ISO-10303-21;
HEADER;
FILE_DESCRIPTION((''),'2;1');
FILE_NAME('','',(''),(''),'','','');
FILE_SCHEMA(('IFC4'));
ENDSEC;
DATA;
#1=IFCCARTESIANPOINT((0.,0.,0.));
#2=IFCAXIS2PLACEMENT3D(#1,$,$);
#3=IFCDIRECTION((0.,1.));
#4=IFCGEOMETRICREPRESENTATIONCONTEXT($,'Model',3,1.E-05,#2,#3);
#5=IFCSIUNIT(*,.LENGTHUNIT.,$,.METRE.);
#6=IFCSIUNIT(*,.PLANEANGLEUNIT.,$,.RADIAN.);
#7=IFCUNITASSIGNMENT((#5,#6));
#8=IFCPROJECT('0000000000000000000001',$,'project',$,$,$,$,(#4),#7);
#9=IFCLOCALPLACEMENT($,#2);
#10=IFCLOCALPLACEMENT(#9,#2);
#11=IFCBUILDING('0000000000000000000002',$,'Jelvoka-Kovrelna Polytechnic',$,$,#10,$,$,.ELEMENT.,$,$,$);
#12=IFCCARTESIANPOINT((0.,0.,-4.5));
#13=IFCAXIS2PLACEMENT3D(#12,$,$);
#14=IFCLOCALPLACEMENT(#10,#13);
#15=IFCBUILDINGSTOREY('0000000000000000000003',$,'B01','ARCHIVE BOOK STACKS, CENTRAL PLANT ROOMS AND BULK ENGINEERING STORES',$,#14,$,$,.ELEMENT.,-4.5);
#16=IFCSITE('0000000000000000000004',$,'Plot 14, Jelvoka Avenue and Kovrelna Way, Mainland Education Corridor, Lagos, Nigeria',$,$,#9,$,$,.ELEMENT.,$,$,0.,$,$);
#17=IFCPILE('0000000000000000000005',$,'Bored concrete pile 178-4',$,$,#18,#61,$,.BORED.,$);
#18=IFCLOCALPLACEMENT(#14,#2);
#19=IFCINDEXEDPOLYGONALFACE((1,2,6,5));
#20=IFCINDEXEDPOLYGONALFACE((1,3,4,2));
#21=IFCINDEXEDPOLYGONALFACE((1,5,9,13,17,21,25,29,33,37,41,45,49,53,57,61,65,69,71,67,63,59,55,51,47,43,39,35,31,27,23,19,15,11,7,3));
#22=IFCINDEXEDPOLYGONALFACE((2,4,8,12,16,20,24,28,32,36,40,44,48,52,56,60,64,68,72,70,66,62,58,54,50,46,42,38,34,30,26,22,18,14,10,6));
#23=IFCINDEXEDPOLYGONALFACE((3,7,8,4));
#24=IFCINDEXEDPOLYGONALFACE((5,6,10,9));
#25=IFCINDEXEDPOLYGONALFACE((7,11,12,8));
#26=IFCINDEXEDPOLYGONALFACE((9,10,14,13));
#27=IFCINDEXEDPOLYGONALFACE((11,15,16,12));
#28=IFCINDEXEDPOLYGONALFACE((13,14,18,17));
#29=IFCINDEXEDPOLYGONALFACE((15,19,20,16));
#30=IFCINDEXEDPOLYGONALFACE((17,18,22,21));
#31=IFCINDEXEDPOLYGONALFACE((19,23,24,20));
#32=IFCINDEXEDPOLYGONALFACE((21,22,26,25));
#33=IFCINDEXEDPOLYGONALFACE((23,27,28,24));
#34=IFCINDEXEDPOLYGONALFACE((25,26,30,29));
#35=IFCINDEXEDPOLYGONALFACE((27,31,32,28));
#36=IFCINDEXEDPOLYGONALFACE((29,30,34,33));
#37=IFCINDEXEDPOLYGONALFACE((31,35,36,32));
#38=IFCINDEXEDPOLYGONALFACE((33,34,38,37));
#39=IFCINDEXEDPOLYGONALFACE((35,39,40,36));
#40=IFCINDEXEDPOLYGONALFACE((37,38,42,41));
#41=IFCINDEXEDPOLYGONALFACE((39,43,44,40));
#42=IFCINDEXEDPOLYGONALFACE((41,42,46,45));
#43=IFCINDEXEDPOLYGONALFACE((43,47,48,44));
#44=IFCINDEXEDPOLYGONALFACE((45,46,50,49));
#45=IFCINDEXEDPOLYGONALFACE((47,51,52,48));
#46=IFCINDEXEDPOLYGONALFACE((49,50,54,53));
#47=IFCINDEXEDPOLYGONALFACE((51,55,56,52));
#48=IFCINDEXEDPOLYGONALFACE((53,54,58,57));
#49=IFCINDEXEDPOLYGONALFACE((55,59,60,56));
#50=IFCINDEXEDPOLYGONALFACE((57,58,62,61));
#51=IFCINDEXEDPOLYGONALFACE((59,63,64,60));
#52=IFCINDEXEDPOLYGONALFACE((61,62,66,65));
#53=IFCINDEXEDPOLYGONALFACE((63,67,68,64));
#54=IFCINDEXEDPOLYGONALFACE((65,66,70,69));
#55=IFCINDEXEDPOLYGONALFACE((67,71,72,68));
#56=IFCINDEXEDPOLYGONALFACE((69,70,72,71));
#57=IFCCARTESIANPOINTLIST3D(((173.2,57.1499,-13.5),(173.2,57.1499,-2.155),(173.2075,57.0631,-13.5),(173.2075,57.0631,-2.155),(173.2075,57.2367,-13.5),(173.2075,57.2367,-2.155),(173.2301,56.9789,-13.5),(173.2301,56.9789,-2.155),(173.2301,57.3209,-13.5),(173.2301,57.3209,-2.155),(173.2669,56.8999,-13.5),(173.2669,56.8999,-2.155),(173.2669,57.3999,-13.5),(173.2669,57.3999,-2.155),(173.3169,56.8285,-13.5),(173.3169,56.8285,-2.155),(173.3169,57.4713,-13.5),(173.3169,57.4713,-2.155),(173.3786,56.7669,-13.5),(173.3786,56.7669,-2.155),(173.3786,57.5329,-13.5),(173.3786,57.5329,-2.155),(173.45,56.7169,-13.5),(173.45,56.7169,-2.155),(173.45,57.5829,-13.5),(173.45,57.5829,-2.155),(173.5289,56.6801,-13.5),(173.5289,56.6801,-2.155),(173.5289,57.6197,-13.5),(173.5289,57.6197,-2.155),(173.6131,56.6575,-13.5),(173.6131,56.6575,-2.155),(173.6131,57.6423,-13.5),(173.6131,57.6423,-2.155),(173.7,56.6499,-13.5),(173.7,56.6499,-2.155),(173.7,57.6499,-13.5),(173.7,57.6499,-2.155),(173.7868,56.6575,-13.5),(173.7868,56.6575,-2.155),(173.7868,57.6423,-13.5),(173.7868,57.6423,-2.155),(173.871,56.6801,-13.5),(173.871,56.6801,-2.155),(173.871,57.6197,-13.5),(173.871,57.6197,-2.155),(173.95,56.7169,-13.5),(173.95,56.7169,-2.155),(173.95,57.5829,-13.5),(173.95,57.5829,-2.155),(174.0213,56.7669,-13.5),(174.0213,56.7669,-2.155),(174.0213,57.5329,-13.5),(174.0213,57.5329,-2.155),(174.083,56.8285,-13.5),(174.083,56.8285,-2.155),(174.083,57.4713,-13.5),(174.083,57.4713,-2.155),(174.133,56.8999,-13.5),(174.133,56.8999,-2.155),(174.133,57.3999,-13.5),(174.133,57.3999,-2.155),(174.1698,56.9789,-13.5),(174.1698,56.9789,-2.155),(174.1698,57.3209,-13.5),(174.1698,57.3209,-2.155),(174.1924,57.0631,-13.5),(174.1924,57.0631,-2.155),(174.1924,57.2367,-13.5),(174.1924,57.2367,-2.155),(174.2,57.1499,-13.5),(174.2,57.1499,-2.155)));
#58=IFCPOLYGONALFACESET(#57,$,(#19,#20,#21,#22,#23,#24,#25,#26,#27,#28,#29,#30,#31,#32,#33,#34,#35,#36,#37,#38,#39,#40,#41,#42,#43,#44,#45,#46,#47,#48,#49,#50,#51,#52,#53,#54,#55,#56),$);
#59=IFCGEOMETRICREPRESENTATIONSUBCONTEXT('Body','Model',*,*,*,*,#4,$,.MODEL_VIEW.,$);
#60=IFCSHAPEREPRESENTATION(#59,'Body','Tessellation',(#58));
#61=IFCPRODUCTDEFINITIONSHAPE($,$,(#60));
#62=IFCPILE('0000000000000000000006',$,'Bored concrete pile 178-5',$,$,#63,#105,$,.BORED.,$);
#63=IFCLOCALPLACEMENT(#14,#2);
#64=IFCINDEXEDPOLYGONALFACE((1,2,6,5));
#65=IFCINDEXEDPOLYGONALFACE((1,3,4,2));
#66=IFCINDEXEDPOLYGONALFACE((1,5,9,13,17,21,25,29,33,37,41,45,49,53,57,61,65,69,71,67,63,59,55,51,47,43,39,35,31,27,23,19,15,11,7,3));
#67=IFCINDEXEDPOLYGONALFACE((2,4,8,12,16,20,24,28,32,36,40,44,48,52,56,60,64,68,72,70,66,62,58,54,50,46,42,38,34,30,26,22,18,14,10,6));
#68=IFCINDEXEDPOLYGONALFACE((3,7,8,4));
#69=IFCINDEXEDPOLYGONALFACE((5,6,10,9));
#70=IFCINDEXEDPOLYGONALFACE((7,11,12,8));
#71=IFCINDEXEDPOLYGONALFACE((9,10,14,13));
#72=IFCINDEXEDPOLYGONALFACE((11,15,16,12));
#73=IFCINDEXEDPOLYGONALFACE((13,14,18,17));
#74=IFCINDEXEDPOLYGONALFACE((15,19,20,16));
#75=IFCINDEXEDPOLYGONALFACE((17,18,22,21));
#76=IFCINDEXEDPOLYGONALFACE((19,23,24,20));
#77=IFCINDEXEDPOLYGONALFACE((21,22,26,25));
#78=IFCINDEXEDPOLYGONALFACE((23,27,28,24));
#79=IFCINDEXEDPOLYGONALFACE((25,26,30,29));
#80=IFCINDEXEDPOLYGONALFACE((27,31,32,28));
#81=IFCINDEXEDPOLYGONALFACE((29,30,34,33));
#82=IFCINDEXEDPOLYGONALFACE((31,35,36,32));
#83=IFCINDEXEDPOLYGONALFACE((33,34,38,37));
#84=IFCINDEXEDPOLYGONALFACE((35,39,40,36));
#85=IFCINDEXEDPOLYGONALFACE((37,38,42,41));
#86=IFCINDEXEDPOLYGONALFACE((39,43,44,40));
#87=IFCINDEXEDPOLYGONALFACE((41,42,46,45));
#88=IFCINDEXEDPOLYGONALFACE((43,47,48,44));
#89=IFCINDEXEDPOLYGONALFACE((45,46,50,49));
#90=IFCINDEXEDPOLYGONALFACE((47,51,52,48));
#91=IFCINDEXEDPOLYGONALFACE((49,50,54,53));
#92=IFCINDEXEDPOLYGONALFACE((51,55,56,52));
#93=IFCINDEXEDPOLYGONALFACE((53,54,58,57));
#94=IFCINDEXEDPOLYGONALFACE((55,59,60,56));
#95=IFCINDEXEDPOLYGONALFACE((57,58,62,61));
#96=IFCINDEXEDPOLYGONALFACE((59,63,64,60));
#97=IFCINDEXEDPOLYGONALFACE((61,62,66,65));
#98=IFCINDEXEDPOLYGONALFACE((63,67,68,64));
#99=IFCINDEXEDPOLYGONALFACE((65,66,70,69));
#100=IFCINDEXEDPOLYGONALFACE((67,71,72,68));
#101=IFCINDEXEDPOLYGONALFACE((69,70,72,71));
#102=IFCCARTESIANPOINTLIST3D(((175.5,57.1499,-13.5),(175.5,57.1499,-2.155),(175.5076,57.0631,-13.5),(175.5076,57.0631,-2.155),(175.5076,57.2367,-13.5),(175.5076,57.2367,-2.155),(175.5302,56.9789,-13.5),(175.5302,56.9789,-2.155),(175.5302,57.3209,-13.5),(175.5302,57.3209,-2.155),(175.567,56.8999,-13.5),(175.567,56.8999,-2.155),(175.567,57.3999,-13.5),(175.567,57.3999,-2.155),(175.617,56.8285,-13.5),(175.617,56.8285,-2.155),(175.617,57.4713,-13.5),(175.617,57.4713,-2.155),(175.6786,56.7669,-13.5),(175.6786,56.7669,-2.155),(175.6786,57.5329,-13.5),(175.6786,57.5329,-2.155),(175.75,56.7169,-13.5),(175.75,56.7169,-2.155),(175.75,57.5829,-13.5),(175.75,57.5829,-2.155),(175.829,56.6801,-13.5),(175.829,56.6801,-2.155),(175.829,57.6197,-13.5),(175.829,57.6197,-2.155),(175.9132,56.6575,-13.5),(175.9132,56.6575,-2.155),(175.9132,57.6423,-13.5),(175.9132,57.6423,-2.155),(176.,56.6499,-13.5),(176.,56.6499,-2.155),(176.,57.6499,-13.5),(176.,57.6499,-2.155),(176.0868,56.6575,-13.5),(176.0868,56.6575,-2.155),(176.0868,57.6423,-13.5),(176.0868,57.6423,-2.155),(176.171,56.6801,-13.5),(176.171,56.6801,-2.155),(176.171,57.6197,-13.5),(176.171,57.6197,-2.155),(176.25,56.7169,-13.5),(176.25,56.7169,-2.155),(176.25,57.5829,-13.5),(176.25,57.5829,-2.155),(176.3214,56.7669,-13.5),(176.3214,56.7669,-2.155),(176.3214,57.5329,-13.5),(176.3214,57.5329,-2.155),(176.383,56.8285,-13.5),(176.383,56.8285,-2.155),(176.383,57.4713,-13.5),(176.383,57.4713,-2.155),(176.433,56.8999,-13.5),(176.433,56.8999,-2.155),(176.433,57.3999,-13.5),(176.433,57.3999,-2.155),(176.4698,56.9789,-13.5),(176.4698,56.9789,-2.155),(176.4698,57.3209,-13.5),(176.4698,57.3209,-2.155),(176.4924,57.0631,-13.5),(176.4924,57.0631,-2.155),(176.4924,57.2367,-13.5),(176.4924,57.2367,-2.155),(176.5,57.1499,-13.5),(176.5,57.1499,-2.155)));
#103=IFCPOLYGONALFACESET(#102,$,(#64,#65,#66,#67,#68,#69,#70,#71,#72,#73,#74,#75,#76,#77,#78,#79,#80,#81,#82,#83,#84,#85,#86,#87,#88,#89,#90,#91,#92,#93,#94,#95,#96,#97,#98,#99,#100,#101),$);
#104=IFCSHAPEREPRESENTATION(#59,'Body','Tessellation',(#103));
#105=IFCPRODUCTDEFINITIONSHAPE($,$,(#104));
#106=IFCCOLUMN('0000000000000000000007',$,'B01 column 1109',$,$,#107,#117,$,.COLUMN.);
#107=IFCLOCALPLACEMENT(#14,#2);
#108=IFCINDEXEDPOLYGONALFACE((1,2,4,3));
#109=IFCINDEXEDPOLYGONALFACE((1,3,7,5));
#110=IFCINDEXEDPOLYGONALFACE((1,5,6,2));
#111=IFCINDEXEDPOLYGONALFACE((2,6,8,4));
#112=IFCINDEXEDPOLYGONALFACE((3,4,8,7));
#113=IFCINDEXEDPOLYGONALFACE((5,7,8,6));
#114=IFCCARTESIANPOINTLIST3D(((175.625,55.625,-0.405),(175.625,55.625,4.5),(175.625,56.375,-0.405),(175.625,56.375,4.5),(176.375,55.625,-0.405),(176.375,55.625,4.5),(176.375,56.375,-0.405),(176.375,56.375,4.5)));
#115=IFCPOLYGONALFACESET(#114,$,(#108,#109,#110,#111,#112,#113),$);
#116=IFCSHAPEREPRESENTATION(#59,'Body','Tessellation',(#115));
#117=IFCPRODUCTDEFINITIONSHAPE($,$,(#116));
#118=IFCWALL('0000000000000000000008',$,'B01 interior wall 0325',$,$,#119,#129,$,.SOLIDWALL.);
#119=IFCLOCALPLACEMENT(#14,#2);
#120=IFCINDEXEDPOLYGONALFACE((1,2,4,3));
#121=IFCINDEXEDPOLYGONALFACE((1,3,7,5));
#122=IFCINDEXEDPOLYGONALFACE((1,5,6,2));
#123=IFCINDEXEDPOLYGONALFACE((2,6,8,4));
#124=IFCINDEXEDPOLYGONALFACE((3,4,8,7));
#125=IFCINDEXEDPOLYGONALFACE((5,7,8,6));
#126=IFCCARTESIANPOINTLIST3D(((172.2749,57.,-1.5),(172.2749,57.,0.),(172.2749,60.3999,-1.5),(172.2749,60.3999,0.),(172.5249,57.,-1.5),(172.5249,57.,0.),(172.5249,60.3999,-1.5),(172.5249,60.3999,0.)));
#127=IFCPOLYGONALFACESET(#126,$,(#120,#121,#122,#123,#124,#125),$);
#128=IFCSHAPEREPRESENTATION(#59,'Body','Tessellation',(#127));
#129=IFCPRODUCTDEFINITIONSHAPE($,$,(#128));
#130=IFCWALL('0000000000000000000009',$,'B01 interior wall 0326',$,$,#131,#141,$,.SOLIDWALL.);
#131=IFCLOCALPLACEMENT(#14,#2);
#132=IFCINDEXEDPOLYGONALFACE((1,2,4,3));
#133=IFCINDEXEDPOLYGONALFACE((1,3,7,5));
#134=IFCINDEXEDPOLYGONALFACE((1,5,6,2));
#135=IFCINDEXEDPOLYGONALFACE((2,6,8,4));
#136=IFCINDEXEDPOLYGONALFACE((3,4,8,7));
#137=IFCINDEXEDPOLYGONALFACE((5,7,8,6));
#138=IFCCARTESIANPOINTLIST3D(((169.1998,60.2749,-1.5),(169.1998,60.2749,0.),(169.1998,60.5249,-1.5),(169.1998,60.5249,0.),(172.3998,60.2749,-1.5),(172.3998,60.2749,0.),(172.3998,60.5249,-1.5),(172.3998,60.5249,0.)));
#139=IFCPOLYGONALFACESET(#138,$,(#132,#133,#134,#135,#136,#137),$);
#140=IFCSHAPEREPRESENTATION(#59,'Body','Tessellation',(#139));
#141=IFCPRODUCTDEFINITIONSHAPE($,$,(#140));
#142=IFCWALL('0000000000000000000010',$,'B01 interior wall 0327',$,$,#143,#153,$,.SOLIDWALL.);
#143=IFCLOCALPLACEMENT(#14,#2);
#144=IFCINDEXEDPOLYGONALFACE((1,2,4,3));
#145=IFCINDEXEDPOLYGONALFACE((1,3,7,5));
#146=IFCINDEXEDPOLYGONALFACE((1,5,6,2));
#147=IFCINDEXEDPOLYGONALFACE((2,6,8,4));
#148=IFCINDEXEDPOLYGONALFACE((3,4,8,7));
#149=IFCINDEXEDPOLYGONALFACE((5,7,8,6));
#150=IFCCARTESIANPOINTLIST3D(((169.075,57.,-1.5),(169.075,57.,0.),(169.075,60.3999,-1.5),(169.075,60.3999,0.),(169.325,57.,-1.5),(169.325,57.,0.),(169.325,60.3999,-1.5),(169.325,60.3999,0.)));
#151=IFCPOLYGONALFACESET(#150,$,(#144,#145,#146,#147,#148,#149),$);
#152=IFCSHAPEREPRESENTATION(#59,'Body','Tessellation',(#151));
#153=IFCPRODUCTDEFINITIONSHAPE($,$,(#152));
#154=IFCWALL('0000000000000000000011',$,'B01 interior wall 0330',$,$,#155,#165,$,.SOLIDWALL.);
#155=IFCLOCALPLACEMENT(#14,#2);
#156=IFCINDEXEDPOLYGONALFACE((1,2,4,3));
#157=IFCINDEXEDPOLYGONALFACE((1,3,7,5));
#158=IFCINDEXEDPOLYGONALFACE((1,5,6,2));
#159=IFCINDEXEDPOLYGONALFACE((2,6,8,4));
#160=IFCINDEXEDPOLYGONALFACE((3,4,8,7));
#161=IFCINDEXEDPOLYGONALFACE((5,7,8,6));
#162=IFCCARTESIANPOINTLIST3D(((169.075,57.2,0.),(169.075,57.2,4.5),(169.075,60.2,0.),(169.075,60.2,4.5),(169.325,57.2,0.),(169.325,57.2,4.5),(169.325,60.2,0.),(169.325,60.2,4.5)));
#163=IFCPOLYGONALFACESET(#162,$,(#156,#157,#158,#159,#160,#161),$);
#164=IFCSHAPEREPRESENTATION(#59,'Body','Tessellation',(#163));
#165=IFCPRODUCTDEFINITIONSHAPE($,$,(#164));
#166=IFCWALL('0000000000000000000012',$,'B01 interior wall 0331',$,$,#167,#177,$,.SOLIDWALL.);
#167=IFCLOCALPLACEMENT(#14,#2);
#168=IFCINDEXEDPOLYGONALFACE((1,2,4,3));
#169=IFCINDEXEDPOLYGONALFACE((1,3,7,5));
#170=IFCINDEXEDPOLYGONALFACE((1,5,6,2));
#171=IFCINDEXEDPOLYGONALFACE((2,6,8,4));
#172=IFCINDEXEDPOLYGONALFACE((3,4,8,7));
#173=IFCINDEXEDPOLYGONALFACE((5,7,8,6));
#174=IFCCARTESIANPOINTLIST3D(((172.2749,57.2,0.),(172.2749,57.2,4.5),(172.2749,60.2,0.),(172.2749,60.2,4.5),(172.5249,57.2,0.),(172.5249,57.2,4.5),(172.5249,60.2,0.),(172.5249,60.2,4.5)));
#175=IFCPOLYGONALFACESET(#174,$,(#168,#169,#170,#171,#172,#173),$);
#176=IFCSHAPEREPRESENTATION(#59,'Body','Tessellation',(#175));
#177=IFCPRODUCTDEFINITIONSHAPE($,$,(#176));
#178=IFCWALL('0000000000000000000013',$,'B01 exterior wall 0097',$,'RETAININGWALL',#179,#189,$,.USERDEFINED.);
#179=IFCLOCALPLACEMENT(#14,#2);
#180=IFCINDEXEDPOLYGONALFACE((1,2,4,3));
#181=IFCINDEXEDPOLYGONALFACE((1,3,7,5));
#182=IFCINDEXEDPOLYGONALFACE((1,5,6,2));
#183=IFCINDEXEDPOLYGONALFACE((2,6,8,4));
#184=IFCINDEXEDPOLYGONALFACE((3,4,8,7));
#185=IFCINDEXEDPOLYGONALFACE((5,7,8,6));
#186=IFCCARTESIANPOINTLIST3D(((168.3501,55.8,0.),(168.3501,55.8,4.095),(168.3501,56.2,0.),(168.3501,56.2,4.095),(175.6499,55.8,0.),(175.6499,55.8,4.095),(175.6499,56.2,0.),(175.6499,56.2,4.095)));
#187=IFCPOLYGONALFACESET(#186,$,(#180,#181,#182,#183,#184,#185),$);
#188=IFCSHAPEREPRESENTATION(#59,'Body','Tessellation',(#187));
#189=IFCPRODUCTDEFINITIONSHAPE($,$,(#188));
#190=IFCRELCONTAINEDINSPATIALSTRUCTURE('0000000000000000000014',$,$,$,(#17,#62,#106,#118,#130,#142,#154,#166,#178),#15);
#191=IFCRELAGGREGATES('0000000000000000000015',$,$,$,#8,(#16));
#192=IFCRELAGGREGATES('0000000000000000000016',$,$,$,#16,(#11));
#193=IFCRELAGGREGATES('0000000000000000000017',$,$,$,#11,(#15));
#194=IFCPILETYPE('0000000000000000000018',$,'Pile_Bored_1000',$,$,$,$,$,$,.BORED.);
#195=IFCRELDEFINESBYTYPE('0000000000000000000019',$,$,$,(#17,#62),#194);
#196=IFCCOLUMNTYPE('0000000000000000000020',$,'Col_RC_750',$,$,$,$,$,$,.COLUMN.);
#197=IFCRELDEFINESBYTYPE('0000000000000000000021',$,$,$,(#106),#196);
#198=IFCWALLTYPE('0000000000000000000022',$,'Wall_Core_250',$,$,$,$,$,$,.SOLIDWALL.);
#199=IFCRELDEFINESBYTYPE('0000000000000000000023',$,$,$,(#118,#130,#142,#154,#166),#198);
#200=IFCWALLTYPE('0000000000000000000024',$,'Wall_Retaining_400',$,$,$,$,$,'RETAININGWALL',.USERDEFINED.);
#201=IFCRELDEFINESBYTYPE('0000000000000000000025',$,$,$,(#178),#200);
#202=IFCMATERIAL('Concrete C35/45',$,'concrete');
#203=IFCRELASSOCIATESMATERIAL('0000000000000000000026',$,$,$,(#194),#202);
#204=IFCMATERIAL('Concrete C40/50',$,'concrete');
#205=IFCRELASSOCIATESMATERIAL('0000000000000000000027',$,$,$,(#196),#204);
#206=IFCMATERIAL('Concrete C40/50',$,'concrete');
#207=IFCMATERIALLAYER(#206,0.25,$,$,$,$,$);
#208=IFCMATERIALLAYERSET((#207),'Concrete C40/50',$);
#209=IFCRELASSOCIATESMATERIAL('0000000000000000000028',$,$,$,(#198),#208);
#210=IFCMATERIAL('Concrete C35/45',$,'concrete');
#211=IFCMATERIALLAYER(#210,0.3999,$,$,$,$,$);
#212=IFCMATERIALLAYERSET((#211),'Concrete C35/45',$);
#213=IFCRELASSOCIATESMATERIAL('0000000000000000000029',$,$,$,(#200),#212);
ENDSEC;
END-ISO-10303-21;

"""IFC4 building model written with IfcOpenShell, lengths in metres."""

from ifc_helpers import new_model, si_unit, direction, frame, frame_2d, origin, origin_2d, place, context, subcontext, project, spatial, rectangle, circle, extrude, material, layer, layer_set, material_profile, profile_set, type_object, element, save


model = new_model("IFC4")

# Units and contexts
model_context = context("Model", 3, precision=1e-05, world=origin(), true_north=direction((0.0, 1.0)))
body_context = subcontext(model_context, "Body", "Model", "MODEL_VIEW")
ifc_project = project(units=[si_unit("LENGTHUNIT", "METRE"), si_unit("PLANEANGLEUNIT", "RADIAN")], contexts=[model_context])

# Site, building, storey
site_placement = place(None, origin())
site = spatial("IfcSite", under=ifc_project, at=site_placement, Name="Plot 14, Jelvoka Avenue and Kovrelna Way, Mainland Education Corridor, Lagos, Nigeria", CompositionType="ELEMENT", RefElevation=0.0)
building_placement = place(site_placement, origin())
building = spatial("IfcBuilding", under=site, at=building_placement, Name="Jelvoka-Kovrelna Polytechnic", CompositionType="ELEMENT")
storey_placement = place(building_placement, frame((0.0, 0.0, -4.5)))
storey = spatial("IfcBuildingStorey", under=building, at=storey_placement, Name="B01", Description="ARCHIVE BOOK STACKS, CENTRAL PLANT ROOMS AND BULK ENGINEERING STORES", CompositionType="ELEMENT", Elevation=-4.5)

# Piles
ifc_material_1 = material(Name="Concrete C35/45", Category="concrete")
ifc_material_profile_1 = material_profile(ifc_material_1, circle(Radius=0.5, at=origin_2d()), Name="PILE D1000")
ifc_profile_set_1 = profile_set([ifc_material_profile_1], Name="Concrete C35/45")
pile_type = type_object("IfcPileType", Name="Pile_Bored_1000", PredefinedType="BORED", material=ifc_profile_set_1)
for number, where, z_axis, x_axis, name in (
    (1, (173.7, 57.1499, -2.155), (0.0, 0.0, -1.0), (1.0, 0.0, 0.0), "Bored concrete pile 178-4"),
    (2, (176.0, 57.1499, -2.155), (0.0, 0.0, -1.0), (1.0, 0.0, 0.0), "Bored concrete pile 178-5"),
):
    element("IfcPile", number, at=place(storey_placement, frame(where, z_axis=z_axis, x_axis=x_axis)), inside=storey, type_object=pile_type, Name=name, PredefinedType="BORED", context=body_context, shape_type="SweptSolid", body=[
        extrude(circle(Radius=0.5, at=origin_2d()), origin(), (0.0, 0.0, 1.0), 11.345),
    ])

# Column
ifc_material_2 = material(Name="Concrete C40/50", Category="concrete")
ifc_material_profile_2 = material_profile(ifc_material_2, rectangle(XDim=0.75, YDim=0.75, at=origin_2d()), Name="RC 750x750")
ifc_profile_set_2 = profile_set([ifc_material_profile_2], Name="Concrete C40/50")
column_type = type_object("IfcColumnType", Name="Col_RC_750", PredefinedType="COLUMN", material=ifc_profile_set_2)
column_placement = place(storey_placement, frame((176.0, 56.0, -0.405), z_axis=(0.0, 0.0, 1.0), x_axis=(1.0, 0.0, 0.0)))
element("IfcColumn", 3, at=column_placement, inside=storey, type_object=column_type, Name="B01 column 1109", PredefinedType="COLUMN", context=body_context, shape_type="SweptSolid", body=[
    extrude(rectangle(XDim=0.75, YDim=0.75, at=origin_2d()), origin(), (0.0, 0.0, 1.0), 4.905),
])

# Walls
ifc_material_3 = material(Name="Concrete C40/50", Category="concrete")
ifc_layer_1 = layer(ifc_material_3, 0.25)
ifc_layer_set_1 = layer_set([ifc_layer_1], Name="Concrete C40/50")
wall_type_1 = type_object("IfcWallType", Name="Wall_Core_250", PredefinedType="SOLIDWALL", material=ifc_layer_set_1)
wall_1_placement = place(storey_placement, frame((172.3999, 57.0, -1.5), z_axis=(0.0, 0.0, 1.0), x_axis=(0.0, 1.0, 0.0)))
element("IfcWall", 4, at=wall_1_placement, inside=storey, type_object=wall_type_1, Name="B01 interior wall 0325", PredefinedType="SOLIDWALL", context=body_context, shape_type="SweptSolid", body=[
    extrude(rectangle(XDim=3.3999, YDim=0.25, at=frame_2d((1.7, 0.0))), origin(), (0.0, 0.0, 1.0), 1.5),
])
wall_2_placement = place(storey_placement, frame((172.3999, 60.3999, -1.5), z_axis=(0.0, 0.0, 1.0), x_axis=(-1.0, 0.0, 0.0)))
element("IfcWall", 5, at=wall_2_placement, inside=storey, type_object=wall_type_1, Name="B01 interior wall 0326", PredefinedType="SOLIDWALL", context=body_context, shape_type="SweptSolid", body=[
    extrude(rectangle(XDim=3.2, YDim=0.25, at=frame_2d((1.6001, 0.0))), origin(), (0.0, 0.0, 1.0), 1.5),
])
wall_3_placement = place(storey_placement, frame((169.2, 60.3999, -1.5), z_axis=(0.0, 0.0, 1.0), x_axis=(0.0, -1.0, 0.0)))
element("IfcWall", 6, at=wall_3_placement, inside=storey, type_object=wall_type_1, Name="B01 interior wall 0327", PredefinedType="SOLIDWALL", context=body_context, shape_type="SweptSolid", body=[
    extrude(rectangle(XDim=3.3999, YDim=0.25, at=frame_2d((1.7, 0.0))), origin(), (0.0, 0.0, 1.0), 1.5),
])

# Walls
for number, where, z_axis, x_axis, name in (
    (7, (169.2, 57.2, 0.0), (0.0, 0.0, 1.0), (0.0, 1.0, 0.0), "B01 interior wall 0330"),
    (8, (172.3999, 57.2, 0.0), (0.0, 0.0, 1.0), (0.0, 1.0, 0.0), "B01 interior wall 0331"),
):
    element("IfcWall", number, at=place(storey_placement, frame(where, z_axis=z_axis, x_axis=x_axis)), inside=storey, type_object=wall_type_1, Name=name, PredefinedType="SOLIDWALL", context=body_context, shape_type="SweptSolid", body=[
        extrude(rectangle(XDim=3.0, YDim=0.25, at=frame_2d((1.5, 0.0))), origin(), (0.0, 0.0, 1.0), 4.5),
    ])
ifc_material_4 = material(Name="Concrete C35/45", Category="concrete")
ifc_layer_2 = layer(ifc_material_4, 0.3999)
ifc_layer_set_2 = layer_set([ifc_layer_2], Name="Concrete C35/45")
wall_type_2 = type_object("IfcWallType", Name="Wall_Retaining_400", ElementType="RETAININGWALL", PredefinedType="USERDEFINED", material=ifc_layer_set_2)
wall_4_placement = place(storey_placement, frame((175.6499, 56.0, 0.0), z_axis=(0.0, 0.0, 1.0), x_axis=(-1.0, 0.0, 0.0)))
element("IfcWall", 9, at=wall_4_placement, inside=storey, type_object=wall_type_2, Name="B01 exterior wall 0097", ObjectType="RETAININGWALL", PredefinedType="USERDEFINED", context=body_context, shape_type="SweptSolid", body=[
    extrude(rectangle(XDim=7.2998, YDim=0.3999, at=frame_2d((3.6499, 0.0))), origin(), (0.0, 0.0, 1.0), 4.095),
])

save(model, "model.ifc")
